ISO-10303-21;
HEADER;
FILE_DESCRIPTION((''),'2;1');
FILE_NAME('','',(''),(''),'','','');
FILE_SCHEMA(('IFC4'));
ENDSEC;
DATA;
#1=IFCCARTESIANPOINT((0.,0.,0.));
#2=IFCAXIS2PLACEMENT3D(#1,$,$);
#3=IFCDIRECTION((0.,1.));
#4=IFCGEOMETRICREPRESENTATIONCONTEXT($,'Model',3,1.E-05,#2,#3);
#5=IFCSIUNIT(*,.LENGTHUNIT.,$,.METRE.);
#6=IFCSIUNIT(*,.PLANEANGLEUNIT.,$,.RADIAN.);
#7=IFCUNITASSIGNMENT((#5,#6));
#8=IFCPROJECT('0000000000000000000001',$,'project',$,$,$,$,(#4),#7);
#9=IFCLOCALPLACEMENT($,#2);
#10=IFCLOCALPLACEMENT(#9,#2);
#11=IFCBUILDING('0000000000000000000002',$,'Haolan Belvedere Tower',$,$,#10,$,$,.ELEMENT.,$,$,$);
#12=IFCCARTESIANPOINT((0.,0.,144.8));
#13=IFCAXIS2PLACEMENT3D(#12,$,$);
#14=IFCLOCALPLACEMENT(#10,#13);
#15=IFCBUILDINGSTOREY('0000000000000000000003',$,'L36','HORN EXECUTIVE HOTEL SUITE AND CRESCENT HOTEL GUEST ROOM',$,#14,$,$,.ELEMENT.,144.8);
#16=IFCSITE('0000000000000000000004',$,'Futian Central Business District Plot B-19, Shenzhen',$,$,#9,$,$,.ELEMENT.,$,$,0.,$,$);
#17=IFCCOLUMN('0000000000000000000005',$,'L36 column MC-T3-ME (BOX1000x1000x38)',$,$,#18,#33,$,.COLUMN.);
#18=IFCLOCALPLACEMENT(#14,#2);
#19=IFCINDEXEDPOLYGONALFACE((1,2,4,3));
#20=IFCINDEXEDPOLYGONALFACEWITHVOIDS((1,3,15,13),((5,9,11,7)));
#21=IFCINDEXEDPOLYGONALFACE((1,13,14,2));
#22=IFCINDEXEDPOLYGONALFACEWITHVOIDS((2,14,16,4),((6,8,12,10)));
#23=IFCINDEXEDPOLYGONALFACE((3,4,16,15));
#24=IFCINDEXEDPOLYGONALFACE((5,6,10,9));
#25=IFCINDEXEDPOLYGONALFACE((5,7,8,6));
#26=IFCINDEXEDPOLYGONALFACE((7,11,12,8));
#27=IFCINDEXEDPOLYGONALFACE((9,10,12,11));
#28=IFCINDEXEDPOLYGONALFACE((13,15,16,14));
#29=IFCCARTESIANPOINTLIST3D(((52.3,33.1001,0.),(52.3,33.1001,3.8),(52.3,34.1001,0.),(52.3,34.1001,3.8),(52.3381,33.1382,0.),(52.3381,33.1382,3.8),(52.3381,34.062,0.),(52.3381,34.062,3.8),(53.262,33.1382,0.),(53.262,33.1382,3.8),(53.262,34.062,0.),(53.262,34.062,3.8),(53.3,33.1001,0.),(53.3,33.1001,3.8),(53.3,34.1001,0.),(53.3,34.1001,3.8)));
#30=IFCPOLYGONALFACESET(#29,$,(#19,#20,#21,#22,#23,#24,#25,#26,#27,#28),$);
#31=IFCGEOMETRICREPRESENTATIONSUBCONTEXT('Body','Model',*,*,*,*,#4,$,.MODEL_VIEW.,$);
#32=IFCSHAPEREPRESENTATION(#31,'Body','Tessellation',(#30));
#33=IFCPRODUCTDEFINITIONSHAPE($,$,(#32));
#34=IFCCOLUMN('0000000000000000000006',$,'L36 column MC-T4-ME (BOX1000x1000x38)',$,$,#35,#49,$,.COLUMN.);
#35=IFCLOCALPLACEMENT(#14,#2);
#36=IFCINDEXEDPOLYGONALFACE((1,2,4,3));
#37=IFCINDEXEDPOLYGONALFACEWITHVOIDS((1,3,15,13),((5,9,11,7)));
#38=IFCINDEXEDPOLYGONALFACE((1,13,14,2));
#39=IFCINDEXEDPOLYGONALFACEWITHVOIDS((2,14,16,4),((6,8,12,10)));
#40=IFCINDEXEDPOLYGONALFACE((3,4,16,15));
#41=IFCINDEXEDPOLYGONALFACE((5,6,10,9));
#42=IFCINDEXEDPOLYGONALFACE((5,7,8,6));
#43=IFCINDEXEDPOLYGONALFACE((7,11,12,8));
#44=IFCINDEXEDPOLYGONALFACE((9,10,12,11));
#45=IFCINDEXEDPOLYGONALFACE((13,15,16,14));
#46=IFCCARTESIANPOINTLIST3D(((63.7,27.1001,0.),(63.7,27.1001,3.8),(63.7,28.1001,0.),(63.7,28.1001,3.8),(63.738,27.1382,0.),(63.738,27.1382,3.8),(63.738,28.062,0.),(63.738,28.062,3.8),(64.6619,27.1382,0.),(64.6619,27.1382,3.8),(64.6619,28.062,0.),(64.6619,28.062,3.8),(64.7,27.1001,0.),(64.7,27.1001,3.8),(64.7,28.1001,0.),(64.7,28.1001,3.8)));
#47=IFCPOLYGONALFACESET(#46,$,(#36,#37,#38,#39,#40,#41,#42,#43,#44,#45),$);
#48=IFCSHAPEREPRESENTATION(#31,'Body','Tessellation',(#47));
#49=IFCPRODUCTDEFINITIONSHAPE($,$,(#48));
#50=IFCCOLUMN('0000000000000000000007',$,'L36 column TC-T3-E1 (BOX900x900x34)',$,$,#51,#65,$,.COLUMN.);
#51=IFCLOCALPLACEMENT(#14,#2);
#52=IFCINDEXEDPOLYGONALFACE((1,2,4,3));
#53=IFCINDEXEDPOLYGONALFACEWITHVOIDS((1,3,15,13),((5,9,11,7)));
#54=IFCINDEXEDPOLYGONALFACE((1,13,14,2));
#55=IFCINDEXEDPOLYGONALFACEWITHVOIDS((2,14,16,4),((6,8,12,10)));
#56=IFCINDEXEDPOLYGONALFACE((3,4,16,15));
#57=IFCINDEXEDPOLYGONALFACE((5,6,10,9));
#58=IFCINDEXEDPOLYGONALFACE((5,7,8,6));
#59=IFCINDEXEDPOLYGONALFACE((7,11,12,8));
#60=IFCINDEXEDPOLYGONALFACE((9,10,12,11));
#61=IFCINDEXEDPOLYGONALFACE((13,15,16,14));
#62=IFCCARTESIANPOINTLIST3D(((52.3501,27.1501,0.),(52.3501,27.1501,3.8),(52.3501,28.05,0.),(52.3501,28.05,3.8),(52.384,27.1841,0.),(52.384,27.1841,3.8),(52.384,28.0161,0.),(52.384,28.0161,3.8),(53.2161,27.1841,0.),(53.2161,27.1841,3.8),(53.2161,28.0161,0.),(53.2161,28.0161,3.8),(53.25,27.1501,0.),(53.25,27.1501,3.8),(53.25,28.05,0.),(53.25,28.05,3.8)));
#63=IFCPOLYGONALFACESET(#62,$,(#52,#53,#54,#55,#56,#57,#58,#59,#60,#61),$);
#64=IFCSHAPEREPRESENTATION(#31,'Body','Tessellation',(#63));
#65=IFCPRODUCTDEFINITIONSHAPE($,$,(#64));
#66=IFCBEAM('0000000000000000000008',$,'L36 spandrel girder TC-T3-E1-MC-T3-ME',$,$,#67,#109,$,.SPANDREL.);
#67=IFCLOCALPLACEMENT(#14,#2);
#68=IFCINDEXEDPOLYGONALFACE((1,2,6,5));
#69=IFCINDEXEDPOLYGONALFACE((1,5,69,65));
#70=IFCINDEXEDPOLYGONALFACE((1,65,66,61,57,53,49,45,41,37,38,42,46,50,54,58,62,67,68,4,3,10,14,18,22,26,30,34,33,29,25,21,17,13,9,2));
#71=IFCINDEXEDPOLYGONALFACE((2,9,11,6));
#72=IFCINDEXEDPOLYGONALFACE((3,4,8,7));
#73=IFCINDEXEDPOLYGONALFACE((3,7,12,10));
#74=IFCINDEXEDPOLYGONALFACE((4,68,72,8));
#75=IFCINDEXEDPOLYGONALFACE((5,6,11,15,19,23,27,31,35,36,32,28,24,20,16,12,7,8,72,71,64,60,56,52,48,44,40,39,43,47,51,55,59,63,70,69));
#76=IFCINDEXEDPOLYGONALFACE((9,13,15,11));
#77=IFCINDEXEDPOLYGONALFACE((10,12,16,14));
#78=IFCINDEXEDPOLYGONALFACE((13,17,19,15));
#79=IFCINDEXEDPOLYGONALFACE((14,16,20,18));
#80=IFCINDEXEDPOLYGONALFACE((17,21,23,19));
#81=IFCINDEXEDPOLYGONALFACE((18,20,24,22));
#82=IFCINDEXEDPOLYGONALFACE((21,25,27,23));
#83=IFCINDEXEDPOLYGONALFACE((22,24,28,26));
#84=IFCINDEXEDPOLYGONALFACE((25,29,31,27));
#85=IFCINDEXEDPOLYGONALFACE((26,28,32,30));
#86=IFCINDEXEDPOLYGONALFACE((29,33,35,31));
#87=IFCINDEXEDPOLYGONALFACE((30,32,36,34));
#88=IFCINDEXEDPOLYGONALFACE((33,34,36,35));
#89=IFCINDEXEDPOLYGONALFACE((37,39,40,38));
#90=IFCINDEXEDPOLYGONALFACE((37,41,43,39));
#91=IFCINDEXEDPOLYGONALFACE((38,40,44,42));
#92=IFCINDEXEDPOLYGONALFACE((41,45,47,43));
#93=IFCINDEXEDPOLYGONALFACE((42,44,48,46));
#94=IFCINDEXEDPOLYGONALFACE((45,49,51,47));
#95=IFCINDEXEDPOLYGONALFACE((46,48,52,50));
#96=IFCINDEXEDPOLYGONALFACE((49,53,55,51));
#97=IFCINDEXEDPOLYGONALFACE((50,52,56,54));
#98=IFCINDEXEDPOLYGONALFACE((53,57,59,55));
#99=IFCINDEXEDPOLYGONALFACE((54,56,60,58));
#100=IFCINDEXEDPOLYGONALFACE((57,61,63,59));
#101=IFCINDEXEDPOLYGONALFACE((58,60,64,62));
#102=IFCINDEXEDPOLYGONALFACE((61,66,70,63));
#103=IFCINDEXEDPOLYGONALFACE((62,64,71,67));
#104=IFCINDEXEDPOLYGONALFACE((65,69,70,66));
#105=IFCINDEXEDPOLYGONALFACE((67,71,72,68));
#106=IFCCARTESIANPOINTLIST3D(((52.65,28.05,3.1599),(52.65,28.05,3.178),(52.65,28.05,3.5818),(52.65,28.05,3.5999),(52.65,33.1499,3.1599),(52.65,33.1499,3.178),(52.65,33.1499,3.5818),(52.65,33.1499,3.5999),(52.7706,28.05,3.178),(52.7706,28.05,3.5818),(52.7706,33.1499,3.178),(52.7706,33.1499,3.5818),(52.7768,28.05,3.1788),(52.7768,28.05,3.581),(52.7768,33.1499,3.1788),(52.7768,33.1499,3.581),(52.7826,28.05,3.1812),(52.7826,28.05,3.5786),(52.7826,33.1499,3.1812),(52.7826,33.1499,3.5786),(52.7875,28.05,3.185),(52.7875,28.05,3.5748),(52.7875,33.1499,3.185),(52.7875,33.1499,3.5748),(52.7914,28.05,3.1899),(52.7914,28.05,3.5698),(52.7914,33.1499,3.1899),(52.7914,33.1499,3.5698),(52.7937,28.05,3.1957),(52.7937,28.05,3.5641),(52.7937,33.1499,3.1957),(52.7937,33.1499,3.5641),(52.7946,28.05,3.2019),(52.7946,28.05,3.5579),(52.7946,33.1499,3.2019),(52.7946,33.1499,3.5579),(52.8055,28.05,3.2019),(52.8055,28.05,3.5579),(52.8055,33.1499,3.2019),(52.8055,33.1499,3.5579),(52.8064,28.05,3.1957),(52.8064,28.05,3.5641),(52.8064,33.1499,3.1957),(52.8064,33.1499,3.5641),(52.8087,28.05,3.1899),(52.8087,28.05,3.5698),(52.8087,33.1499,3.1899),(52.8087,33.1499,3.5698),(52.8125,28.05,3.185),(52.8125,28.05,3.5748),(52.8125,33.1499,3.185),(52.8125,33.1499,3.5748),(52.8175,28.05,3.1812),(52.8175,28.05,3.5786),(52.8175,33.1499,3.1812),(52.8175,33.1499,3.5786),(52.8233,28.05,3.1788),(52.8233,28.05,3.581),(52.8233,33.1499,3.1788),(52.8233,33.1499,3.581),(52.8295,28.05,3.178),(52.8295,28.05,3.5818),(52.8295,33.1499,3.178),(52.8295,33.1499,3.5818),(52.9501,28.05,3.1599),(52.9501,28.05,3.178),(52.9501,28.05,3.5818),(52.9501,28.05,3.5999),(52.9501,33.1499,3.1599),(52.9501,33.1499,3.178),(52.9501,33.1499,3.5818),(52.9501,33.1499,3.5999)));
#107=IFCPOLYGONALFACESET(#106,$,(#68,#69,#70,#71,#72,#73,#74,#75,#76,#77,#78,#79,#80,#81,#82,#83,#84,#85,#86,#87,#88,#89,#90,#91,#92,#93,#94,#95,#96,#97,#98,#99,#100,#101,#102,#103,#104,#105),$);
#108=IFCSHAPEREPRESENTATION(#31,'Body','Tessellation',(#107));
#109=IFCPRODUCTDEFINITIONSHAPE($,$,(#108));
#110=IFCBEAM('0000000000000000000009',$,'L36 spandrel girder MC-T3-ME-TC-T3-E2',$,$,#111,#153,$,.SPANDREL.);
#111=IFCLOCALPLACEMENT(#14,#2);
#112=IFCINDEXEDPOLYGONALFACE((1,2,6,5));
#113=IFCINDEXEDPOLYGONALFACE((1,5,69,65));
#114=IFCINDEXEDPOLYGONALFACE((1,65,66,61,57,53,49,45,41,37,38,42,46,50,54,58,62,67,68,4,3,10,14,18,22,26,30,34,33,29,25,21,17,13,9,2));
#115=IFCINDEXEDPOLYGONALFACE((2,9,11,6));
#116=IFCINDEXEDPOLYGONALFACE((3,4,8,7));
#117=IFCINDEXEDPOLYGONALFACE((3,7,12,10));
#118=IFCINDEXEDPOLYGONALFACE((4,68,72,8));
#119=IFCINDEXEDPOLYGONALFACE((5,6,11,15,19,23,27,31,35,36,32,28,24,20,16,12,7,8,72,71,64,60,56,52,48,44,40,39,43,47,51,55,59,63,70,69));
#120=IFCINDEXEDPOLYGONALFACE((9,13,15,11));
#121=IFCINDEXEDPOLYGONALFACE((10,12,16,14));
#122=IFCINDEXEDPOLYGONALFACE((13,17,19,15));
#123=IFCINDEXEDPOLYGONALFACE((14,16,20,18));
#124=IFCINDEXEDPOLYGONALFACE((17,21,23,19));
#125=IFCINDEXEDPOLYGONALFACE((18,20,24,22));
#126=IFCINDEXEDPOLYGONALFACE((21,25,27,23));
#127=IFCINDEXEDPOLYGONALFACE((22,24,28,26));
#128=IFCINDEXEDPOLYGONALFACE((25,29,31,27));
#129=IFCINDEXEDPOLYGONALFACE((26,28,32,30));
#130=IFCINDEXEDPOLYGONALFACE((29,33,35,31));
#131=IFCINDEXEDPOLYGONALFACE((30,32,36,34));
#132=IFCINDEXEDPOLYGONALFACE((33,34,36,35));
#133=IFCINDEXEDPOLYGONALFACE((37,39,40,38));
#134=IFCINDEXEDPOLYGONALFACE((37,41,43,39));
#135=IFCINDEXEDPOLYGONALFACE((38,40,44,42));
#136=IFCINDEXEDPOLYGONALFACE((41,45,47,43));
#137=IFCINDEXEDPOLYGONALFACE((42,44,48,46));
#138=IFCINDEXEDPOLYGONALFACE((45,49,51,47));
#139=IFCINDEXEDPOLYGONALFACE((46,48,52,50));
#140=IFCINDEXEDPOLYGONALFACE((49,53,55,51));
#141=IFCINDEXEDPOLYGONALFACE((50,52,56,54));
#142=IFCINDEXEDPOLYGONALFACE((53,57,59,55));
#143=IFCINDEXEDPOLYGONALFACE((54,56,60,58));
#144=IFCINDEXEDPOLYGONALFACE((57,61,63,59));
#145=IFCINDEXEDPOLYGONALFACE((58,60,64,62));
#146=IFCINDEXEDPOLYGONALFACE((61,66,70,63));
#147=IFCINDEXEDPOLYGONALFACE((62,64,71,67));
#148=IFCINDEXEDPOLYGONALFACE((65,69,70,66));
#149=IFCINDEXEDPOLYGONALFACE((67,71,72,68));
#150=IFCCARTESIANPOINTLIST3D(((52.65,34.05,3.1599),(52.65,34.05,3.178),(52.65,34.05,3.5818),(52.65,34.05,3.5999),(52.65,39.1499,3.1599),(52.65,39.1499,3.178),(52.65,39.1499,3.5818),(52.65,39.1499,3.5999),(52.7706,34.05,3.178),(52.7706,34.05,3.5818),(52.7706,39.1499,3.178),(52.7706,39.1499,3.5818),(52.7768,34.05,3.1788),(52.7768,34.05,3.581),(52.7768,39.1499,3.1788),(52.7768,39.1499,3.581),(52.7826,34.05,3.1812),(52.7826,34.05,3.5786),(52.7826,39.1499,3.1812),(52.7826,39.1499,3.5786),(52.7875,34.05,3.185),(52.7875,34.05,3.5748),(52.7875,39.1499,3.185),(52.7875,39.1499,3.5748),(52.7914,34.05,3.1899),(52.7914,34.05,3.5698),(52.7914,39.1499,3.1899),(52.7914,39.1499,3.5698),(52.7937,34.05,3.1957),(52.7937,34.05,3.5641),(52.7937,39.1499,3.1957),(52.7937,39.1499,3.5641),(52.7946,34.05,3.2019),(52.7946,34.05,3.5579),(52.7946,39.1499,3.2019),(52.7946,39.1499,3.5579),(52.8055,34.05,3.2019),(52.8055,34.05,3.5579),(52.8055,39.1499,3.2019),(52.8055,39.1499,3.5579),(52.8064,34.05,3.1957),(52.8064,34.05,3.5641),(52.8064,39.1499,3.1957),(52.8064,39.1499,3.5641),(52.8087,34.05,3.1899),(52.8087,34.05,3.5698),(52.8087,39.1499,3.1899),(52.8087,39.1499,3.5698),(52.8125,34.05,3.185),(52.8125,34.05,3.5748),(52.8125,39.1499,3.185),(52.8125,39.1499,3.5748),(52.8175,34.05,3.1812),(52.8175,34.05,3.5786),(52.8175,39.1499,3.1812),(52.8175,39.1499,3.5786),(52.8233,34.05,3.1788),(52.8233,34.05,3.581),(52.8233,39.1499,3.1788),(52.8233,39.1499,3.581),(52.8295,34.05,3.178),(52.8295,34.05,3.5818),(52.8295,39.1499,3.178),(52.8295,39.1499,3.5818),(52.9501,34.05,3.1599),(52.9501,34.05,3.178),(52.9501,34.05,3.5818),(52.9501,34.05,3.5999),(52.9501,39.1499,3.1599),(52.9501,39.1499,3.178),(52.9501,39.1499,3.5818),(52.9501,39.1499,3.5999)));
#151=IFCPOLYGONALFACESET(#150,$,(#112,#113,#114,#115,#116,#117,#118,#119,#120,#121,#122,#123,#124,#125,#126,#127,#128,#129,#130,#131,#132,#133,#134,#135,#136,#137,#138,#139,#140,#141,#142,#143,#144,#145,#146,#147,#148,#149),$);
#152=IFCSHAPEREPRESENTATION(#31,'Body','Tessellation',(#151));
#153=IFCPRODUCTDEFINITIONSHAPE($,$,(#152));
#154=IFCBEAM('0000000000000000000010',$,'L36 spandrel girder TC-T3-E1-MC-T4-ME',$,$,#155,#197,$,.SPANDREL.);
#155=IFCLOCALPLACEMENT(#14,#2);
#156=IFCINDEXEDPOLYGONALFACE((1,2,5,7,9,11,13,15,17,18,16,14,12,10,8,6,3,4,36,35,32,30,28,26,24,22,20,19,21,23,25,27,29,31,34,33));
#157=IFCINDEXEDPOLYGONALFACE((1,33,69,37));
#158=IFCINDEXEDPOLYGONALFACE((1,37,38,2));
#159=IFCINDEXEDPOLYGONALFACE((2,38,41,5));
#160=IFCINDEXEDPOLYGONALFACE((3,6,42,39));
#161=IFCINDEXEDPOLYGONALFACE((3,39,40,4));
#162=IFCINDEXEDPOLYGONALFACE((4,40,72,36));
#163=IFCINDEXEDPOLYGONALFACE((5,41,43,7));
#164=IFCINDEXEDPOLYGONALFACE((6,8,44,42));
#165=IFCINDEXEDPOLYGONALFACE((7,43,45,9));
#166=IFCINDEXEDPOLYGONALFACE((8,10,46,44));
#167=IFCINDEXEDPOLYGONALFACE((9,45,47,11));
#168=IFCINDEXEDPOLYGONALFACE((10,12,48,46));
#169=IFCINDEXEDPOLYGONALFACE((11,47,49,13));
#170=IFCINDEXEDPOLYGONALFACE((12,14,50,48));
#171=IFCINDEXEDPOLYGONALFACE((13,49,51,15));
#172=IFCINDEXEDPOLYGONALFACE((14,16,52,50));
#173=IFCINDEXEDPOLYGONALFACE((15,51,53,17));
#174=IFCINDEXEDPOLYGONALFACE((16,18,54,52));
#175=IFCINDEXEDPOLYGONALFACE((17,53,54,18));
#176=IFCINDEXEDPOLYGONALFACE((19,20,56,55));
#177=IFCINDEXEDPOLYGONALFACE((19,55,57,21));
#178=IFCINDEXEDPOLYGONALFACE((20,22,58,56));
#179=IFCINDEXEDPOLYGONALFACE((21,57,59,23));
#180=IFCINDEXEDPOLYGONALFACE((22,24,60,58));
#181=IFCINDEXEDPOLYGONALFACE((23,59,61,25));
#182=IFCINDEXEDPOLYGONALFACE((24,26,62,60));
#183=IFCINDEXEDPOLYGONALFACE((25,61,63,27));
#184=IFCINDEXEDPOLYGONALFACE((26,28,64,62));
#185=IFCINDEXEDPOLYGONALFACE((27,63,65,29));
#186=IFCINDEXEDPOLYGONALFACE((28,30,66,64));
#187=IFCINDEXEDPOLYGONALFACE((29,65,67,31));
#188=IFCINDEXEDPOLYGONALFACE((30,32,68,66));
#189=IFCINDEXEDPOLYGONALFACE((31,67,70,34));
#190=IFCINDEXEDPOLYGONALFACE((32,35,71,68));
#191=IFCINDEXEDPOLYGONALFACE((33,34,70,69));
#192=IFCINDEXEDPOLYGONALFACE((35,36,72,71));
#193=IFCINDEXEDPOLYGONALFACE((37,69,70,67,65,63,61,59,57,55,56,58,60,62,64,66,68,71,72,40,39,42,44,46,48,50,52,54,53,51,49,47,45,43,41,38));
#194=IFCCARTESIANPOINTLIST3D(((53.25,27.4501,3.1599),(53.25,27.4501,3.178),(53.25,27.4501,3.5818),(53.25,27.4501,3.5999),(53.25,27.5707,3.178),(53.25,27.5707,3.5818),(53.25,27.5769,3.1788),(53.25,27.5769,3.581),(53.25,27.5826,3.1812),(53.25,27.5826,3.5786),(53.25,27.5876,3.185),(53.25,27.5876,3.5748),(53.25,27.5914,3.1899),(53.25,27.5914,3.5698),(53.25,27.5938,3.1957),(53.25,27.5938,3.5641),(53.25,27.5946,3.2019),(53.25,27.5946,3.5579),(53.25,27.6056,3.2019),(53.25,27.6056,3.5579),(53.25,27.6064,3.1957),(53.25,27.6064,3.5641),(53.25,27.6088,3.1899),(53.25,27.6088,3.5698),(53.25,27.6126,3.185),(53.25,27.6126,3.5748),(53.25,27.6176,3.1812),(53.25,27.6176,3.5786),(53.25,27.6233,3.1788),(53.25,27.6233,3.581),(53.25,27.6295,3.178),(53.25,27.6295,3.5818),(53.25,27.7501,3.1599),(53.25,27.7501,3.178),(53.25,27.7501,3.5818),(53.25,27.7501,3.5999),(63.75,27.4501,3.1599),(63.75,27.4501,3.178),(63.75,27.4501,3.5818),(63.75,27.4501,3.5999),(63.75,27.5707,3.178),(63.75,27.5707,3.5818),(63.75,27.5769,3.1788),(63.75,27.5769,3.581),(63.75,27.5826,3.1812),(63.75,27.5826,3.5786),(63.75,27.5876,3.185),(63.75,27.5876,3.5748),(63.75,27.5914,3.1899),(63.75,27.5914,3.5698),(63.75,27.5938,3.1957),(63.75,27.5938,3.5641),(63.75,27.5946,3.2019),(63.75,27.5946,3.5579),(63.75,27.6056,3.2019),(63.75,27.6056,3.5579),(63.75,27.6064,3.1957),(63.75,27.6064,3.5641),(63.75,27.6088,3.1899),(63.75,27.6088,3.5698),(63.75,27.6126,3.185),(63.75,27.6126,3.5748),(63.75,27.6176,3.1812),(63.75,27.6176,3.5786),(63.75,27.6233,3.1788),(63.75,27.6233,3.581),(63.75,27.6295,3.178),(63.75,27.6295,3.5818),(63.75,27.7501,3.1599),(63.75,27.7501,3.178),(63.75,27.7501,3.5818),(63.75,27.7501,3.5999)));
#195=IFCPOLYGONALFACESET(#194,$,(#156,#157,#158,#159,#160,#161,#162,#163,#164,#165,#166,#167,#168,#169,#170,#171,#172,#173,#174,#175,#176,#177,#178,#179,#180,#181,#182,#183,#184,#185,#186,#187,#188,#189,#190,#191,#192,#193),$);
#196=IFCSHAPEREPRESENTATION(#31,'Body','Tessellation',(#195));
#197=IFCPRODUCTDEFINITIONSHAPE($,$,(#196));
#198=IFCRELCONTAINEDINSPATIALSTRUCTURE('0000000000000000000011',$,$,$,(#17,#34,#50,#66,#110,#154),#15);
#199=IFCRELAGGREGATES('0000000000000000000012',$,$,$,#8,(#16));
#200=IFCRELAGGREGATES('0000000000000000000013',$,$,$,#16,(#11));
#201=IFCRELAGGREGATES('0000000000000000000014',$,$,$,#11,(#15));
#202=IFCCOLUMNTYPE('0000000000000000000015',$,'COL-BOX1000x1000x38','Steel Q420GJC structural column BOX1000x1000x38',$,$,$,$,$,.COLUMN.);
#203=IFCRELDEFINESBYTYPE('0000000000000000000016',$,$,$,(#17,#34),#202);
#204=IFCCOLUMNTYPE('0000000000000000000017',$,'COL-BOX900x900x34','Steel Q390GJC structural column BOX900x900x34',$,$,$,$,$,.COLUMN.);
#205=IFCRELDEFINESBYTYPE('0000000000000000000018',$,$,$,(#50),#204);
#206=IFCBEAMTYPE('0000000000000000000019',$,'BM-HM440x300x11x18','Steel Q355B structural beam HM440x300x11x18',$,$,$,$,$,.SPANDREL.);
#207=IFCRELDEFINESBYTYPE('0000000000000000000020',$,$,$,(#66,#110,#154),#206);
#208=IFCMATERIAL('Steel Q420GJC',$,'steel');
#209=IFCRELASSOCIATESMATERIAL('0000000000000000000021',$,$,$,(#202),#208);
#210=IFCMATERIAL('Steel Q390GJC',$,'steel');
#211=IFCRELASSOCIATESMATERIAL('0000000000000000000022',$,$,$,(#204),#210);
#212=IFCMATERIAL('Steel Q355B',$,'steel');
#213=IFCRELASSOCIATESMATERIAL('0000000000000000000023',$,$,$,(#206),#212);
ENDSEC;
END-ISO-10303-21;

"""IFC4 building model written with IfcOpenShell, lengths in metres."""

from ifc_helpers import new_model, si_unit, direction, frame, origin, origin_2d, place, context, subcontext, project, spatial, hollow_rectangle, i_section, extrude, material, material_profile, profile_set, type_object, element, save


model = new_model("IFC4")

# Units and contexts
model_context = context("Model", 3, precision=1e-05, world=origin(), true_north=direction((0.0, 1.0)))
body_context = subcontext(model_context, "Body", "Model", "MODEL_VIEW")
ifc_project = project(units=[si_unit("LENGTHUNIT", "METRE"), si_unit("PLANEANGLEUNIT", "RADIAN")], contexts=[model_context])

# Site, building, storey
site_placement = place(None, origin())
site = spatial("IfcSite", under=ifc_project, at=site_placement, Name="Futian Central Business District Plot B-19, Shenzhen", CompositionType="ELEMENT", RefElevation=0.0)
building_placement = place(site_placement, origin())
building = spatial("IfcBuilding", under=site, at=building_placement, Name="Haolan Belvedere Tower", CompositionType="ELEMENT")
storey_placement = place(building_placement, frame((0.0, 0.0, 144.8)))
storey = spatial("IfcBuildingStorey", under=building, at=storey_placement, Name="L36", Description="HORN EXECUTIVE HOTEL SUITE AND CRESCENT HOTEL GUEST ROOM", CompositionType="ELEMENT", Elevation=144.8)

# Columns
ifc_material_1 = material(Name="Steel Q420GJC", Category="steel")
ifc_material_profile_1 = material_profile(ifc_material_1, hollow_rectangle(XDim=1.0, YDim=1.0, WallThickness=0.0381, at=origin_2d()), Name="Steel Q420GJC")
ifc_profile_set_1 = profile_set([ifc_material_profile_1], Name="Steel Q420GJC")
column_type_1 = type_object("IfcColumnType", Name="COL-BOX1000x1000x38", Description="Steel Q420GJC structural column BOX1000x1000x38", PredefinedType="COLUMN", material=ifc_profile_set_1)
for number, where, z_axis, x_axis, name in (
    (1, (52.8, 33.6001, 0.0), (0.0, 0.0, 1.0), (1.0, 0.0, 0.0), "L36 column MC-T3-ME (BOX1000x1000x38)"),
    (2, (64.2, 27.6001, 0.0), (0.0, 0.0, 1.0), (1.0, 0.0, 0.0), "L36 column MC-T4-ME (BOX1000x1000x38)"),
):
    element("IfcColumn", number, at=place(storey_placement, frame(where, z_axis=z_axis, x_axis=x_axis)), inside=storey, type_object=column_type_1, Name=name, PredefinedType="COLUMN", context=body_context, shape_type="SweptSolid", body=[
        extrude(hollow_rectangle(XDim=1.0, YDim=1.0, WallThickness=0.0381, at=origin_2d()), origin(), (0.0, 0.0, 1.0), 3.8),
    ])
ifc_material_2 = material(Name="Steel Q390GJC", Category="steel")
ifc_material_profile_2 = material_profile(ifc_material_2, hollow_rectangle(XDim=0.8999, YDim=0.8999, WallThickness=0.0339, at=origin_2d()), Name="Steel Q390GJC")
ifc_profile_set_2 = profile_set([ifc_material_profile_2], Name="Steel Q390GJC")
column_type_2 = type_object("IfcColumnType", Name="COL-BOX900x900x34", Description="Steel Q390GJC structural column BOX900x900x34", PredefinedType="COLUMN", material=ifc_profile_set_2)
column_placement = place(storey_placement, frame((52.8, 27.6001, 0.0), z_axis=(0.0, 0.0, 1.0), x_axis=(1.0, 0.0, 0.0)))
element("IfcColumn", 3, at=column_placement, inside=storey, type_object=column_type_2, Name="L36 column TC-T3-E1 (BOX900x900x34)", PredefinedType="COLUMN", context=body_context, shape_type="SweptSolid", body=[
    extrude(hollow_rectangle(XDim=0.8999, YDim=0.8999, WallThickness=0.0339, at=origin_2d()), origin(), (0.0, 0.0, 1.0), 3.8),
])

# Beams
ifc_material_3 = material(Name="Steel Q355B", Category="steel")
ifc_material_profile_3 = material_profile(ifc_material_3, i_section(OverallWidth=0.3, OverallDepth=0.4399, WebThickness=0.011, FlangeThickness=0.0181, FilletRadius=0.0239, at=origin_2d()), Name="Steel Q355B")
ifc_profile_set_3 = profile_set([ifc_material_profile_3], Name="Steel Q355B")
beam_type = type_object("IfcBeamType", Name="BM-HM440x300x11x18", Description="Steel Q355B structural beam HM440x300x11x18", PredefinedType="SPANDREL", material=ifc_profile_set_3)
for number, where, z_axis, x_axis, name in (
    (4, (52.8, 28.05, 3.3799), (0.0, 1.0, 0.0), (-1.0, 0.0, 0.0), "L36 spandrel girder TC-T3-E1-MC-T3-ME"),
    (5, (52.8, 34.05, 3.3799), (0.0, 1.0, 0.0), (-1.0, 0.0, 0.0), "L36 spandrel girder MC-T3-ME-TC-T3-E2"),
):
    element("IfcBeam", number, at=place(storey_placement, frame(where, z_axis=z_axis, x_axis=x_axis)), inside=storey, type_object=beam_type, Name=name, PredefinedType="SPANDREL", context=body_context, shape_type="SweptSolid", body=[
        extrude(i_section(OverallWidth=0.3, OverallDepth=0.4399, WebThickness=0.011, FlangeThickness=0.0181, FilletRadius=0.0239, at=origin_2d()), origin(), (0.0, 0.0, 1.0), 5.0999),
    ])
beam_placement = place(storey_placement, frame((53.25, 27.6001, 3.3799), z_axis=(1.0, 0.0, 0.0), x_axis=(0.0, 1.0, 0.0)))
element("IfcBeam", 6, at=beam_placement, inside=storey, type_object=beam_type, Name="L36 spandrel girder TC-T3-E1-MC-T4-ME", PredefinedType="SPANDREL", context=body_context, shape_type="SweptSolid", body=[
    extrude(i_section(OverallWidth=0.3, OverallDepth=0.4399, WebThickness=0.011, FlangeThickness=0.0181, FilletRadius=0.0239, at=origin_2d()), origin(), (0.0, 0.0, 1.0), 10.5),
])

save(model, "model.ifc")
